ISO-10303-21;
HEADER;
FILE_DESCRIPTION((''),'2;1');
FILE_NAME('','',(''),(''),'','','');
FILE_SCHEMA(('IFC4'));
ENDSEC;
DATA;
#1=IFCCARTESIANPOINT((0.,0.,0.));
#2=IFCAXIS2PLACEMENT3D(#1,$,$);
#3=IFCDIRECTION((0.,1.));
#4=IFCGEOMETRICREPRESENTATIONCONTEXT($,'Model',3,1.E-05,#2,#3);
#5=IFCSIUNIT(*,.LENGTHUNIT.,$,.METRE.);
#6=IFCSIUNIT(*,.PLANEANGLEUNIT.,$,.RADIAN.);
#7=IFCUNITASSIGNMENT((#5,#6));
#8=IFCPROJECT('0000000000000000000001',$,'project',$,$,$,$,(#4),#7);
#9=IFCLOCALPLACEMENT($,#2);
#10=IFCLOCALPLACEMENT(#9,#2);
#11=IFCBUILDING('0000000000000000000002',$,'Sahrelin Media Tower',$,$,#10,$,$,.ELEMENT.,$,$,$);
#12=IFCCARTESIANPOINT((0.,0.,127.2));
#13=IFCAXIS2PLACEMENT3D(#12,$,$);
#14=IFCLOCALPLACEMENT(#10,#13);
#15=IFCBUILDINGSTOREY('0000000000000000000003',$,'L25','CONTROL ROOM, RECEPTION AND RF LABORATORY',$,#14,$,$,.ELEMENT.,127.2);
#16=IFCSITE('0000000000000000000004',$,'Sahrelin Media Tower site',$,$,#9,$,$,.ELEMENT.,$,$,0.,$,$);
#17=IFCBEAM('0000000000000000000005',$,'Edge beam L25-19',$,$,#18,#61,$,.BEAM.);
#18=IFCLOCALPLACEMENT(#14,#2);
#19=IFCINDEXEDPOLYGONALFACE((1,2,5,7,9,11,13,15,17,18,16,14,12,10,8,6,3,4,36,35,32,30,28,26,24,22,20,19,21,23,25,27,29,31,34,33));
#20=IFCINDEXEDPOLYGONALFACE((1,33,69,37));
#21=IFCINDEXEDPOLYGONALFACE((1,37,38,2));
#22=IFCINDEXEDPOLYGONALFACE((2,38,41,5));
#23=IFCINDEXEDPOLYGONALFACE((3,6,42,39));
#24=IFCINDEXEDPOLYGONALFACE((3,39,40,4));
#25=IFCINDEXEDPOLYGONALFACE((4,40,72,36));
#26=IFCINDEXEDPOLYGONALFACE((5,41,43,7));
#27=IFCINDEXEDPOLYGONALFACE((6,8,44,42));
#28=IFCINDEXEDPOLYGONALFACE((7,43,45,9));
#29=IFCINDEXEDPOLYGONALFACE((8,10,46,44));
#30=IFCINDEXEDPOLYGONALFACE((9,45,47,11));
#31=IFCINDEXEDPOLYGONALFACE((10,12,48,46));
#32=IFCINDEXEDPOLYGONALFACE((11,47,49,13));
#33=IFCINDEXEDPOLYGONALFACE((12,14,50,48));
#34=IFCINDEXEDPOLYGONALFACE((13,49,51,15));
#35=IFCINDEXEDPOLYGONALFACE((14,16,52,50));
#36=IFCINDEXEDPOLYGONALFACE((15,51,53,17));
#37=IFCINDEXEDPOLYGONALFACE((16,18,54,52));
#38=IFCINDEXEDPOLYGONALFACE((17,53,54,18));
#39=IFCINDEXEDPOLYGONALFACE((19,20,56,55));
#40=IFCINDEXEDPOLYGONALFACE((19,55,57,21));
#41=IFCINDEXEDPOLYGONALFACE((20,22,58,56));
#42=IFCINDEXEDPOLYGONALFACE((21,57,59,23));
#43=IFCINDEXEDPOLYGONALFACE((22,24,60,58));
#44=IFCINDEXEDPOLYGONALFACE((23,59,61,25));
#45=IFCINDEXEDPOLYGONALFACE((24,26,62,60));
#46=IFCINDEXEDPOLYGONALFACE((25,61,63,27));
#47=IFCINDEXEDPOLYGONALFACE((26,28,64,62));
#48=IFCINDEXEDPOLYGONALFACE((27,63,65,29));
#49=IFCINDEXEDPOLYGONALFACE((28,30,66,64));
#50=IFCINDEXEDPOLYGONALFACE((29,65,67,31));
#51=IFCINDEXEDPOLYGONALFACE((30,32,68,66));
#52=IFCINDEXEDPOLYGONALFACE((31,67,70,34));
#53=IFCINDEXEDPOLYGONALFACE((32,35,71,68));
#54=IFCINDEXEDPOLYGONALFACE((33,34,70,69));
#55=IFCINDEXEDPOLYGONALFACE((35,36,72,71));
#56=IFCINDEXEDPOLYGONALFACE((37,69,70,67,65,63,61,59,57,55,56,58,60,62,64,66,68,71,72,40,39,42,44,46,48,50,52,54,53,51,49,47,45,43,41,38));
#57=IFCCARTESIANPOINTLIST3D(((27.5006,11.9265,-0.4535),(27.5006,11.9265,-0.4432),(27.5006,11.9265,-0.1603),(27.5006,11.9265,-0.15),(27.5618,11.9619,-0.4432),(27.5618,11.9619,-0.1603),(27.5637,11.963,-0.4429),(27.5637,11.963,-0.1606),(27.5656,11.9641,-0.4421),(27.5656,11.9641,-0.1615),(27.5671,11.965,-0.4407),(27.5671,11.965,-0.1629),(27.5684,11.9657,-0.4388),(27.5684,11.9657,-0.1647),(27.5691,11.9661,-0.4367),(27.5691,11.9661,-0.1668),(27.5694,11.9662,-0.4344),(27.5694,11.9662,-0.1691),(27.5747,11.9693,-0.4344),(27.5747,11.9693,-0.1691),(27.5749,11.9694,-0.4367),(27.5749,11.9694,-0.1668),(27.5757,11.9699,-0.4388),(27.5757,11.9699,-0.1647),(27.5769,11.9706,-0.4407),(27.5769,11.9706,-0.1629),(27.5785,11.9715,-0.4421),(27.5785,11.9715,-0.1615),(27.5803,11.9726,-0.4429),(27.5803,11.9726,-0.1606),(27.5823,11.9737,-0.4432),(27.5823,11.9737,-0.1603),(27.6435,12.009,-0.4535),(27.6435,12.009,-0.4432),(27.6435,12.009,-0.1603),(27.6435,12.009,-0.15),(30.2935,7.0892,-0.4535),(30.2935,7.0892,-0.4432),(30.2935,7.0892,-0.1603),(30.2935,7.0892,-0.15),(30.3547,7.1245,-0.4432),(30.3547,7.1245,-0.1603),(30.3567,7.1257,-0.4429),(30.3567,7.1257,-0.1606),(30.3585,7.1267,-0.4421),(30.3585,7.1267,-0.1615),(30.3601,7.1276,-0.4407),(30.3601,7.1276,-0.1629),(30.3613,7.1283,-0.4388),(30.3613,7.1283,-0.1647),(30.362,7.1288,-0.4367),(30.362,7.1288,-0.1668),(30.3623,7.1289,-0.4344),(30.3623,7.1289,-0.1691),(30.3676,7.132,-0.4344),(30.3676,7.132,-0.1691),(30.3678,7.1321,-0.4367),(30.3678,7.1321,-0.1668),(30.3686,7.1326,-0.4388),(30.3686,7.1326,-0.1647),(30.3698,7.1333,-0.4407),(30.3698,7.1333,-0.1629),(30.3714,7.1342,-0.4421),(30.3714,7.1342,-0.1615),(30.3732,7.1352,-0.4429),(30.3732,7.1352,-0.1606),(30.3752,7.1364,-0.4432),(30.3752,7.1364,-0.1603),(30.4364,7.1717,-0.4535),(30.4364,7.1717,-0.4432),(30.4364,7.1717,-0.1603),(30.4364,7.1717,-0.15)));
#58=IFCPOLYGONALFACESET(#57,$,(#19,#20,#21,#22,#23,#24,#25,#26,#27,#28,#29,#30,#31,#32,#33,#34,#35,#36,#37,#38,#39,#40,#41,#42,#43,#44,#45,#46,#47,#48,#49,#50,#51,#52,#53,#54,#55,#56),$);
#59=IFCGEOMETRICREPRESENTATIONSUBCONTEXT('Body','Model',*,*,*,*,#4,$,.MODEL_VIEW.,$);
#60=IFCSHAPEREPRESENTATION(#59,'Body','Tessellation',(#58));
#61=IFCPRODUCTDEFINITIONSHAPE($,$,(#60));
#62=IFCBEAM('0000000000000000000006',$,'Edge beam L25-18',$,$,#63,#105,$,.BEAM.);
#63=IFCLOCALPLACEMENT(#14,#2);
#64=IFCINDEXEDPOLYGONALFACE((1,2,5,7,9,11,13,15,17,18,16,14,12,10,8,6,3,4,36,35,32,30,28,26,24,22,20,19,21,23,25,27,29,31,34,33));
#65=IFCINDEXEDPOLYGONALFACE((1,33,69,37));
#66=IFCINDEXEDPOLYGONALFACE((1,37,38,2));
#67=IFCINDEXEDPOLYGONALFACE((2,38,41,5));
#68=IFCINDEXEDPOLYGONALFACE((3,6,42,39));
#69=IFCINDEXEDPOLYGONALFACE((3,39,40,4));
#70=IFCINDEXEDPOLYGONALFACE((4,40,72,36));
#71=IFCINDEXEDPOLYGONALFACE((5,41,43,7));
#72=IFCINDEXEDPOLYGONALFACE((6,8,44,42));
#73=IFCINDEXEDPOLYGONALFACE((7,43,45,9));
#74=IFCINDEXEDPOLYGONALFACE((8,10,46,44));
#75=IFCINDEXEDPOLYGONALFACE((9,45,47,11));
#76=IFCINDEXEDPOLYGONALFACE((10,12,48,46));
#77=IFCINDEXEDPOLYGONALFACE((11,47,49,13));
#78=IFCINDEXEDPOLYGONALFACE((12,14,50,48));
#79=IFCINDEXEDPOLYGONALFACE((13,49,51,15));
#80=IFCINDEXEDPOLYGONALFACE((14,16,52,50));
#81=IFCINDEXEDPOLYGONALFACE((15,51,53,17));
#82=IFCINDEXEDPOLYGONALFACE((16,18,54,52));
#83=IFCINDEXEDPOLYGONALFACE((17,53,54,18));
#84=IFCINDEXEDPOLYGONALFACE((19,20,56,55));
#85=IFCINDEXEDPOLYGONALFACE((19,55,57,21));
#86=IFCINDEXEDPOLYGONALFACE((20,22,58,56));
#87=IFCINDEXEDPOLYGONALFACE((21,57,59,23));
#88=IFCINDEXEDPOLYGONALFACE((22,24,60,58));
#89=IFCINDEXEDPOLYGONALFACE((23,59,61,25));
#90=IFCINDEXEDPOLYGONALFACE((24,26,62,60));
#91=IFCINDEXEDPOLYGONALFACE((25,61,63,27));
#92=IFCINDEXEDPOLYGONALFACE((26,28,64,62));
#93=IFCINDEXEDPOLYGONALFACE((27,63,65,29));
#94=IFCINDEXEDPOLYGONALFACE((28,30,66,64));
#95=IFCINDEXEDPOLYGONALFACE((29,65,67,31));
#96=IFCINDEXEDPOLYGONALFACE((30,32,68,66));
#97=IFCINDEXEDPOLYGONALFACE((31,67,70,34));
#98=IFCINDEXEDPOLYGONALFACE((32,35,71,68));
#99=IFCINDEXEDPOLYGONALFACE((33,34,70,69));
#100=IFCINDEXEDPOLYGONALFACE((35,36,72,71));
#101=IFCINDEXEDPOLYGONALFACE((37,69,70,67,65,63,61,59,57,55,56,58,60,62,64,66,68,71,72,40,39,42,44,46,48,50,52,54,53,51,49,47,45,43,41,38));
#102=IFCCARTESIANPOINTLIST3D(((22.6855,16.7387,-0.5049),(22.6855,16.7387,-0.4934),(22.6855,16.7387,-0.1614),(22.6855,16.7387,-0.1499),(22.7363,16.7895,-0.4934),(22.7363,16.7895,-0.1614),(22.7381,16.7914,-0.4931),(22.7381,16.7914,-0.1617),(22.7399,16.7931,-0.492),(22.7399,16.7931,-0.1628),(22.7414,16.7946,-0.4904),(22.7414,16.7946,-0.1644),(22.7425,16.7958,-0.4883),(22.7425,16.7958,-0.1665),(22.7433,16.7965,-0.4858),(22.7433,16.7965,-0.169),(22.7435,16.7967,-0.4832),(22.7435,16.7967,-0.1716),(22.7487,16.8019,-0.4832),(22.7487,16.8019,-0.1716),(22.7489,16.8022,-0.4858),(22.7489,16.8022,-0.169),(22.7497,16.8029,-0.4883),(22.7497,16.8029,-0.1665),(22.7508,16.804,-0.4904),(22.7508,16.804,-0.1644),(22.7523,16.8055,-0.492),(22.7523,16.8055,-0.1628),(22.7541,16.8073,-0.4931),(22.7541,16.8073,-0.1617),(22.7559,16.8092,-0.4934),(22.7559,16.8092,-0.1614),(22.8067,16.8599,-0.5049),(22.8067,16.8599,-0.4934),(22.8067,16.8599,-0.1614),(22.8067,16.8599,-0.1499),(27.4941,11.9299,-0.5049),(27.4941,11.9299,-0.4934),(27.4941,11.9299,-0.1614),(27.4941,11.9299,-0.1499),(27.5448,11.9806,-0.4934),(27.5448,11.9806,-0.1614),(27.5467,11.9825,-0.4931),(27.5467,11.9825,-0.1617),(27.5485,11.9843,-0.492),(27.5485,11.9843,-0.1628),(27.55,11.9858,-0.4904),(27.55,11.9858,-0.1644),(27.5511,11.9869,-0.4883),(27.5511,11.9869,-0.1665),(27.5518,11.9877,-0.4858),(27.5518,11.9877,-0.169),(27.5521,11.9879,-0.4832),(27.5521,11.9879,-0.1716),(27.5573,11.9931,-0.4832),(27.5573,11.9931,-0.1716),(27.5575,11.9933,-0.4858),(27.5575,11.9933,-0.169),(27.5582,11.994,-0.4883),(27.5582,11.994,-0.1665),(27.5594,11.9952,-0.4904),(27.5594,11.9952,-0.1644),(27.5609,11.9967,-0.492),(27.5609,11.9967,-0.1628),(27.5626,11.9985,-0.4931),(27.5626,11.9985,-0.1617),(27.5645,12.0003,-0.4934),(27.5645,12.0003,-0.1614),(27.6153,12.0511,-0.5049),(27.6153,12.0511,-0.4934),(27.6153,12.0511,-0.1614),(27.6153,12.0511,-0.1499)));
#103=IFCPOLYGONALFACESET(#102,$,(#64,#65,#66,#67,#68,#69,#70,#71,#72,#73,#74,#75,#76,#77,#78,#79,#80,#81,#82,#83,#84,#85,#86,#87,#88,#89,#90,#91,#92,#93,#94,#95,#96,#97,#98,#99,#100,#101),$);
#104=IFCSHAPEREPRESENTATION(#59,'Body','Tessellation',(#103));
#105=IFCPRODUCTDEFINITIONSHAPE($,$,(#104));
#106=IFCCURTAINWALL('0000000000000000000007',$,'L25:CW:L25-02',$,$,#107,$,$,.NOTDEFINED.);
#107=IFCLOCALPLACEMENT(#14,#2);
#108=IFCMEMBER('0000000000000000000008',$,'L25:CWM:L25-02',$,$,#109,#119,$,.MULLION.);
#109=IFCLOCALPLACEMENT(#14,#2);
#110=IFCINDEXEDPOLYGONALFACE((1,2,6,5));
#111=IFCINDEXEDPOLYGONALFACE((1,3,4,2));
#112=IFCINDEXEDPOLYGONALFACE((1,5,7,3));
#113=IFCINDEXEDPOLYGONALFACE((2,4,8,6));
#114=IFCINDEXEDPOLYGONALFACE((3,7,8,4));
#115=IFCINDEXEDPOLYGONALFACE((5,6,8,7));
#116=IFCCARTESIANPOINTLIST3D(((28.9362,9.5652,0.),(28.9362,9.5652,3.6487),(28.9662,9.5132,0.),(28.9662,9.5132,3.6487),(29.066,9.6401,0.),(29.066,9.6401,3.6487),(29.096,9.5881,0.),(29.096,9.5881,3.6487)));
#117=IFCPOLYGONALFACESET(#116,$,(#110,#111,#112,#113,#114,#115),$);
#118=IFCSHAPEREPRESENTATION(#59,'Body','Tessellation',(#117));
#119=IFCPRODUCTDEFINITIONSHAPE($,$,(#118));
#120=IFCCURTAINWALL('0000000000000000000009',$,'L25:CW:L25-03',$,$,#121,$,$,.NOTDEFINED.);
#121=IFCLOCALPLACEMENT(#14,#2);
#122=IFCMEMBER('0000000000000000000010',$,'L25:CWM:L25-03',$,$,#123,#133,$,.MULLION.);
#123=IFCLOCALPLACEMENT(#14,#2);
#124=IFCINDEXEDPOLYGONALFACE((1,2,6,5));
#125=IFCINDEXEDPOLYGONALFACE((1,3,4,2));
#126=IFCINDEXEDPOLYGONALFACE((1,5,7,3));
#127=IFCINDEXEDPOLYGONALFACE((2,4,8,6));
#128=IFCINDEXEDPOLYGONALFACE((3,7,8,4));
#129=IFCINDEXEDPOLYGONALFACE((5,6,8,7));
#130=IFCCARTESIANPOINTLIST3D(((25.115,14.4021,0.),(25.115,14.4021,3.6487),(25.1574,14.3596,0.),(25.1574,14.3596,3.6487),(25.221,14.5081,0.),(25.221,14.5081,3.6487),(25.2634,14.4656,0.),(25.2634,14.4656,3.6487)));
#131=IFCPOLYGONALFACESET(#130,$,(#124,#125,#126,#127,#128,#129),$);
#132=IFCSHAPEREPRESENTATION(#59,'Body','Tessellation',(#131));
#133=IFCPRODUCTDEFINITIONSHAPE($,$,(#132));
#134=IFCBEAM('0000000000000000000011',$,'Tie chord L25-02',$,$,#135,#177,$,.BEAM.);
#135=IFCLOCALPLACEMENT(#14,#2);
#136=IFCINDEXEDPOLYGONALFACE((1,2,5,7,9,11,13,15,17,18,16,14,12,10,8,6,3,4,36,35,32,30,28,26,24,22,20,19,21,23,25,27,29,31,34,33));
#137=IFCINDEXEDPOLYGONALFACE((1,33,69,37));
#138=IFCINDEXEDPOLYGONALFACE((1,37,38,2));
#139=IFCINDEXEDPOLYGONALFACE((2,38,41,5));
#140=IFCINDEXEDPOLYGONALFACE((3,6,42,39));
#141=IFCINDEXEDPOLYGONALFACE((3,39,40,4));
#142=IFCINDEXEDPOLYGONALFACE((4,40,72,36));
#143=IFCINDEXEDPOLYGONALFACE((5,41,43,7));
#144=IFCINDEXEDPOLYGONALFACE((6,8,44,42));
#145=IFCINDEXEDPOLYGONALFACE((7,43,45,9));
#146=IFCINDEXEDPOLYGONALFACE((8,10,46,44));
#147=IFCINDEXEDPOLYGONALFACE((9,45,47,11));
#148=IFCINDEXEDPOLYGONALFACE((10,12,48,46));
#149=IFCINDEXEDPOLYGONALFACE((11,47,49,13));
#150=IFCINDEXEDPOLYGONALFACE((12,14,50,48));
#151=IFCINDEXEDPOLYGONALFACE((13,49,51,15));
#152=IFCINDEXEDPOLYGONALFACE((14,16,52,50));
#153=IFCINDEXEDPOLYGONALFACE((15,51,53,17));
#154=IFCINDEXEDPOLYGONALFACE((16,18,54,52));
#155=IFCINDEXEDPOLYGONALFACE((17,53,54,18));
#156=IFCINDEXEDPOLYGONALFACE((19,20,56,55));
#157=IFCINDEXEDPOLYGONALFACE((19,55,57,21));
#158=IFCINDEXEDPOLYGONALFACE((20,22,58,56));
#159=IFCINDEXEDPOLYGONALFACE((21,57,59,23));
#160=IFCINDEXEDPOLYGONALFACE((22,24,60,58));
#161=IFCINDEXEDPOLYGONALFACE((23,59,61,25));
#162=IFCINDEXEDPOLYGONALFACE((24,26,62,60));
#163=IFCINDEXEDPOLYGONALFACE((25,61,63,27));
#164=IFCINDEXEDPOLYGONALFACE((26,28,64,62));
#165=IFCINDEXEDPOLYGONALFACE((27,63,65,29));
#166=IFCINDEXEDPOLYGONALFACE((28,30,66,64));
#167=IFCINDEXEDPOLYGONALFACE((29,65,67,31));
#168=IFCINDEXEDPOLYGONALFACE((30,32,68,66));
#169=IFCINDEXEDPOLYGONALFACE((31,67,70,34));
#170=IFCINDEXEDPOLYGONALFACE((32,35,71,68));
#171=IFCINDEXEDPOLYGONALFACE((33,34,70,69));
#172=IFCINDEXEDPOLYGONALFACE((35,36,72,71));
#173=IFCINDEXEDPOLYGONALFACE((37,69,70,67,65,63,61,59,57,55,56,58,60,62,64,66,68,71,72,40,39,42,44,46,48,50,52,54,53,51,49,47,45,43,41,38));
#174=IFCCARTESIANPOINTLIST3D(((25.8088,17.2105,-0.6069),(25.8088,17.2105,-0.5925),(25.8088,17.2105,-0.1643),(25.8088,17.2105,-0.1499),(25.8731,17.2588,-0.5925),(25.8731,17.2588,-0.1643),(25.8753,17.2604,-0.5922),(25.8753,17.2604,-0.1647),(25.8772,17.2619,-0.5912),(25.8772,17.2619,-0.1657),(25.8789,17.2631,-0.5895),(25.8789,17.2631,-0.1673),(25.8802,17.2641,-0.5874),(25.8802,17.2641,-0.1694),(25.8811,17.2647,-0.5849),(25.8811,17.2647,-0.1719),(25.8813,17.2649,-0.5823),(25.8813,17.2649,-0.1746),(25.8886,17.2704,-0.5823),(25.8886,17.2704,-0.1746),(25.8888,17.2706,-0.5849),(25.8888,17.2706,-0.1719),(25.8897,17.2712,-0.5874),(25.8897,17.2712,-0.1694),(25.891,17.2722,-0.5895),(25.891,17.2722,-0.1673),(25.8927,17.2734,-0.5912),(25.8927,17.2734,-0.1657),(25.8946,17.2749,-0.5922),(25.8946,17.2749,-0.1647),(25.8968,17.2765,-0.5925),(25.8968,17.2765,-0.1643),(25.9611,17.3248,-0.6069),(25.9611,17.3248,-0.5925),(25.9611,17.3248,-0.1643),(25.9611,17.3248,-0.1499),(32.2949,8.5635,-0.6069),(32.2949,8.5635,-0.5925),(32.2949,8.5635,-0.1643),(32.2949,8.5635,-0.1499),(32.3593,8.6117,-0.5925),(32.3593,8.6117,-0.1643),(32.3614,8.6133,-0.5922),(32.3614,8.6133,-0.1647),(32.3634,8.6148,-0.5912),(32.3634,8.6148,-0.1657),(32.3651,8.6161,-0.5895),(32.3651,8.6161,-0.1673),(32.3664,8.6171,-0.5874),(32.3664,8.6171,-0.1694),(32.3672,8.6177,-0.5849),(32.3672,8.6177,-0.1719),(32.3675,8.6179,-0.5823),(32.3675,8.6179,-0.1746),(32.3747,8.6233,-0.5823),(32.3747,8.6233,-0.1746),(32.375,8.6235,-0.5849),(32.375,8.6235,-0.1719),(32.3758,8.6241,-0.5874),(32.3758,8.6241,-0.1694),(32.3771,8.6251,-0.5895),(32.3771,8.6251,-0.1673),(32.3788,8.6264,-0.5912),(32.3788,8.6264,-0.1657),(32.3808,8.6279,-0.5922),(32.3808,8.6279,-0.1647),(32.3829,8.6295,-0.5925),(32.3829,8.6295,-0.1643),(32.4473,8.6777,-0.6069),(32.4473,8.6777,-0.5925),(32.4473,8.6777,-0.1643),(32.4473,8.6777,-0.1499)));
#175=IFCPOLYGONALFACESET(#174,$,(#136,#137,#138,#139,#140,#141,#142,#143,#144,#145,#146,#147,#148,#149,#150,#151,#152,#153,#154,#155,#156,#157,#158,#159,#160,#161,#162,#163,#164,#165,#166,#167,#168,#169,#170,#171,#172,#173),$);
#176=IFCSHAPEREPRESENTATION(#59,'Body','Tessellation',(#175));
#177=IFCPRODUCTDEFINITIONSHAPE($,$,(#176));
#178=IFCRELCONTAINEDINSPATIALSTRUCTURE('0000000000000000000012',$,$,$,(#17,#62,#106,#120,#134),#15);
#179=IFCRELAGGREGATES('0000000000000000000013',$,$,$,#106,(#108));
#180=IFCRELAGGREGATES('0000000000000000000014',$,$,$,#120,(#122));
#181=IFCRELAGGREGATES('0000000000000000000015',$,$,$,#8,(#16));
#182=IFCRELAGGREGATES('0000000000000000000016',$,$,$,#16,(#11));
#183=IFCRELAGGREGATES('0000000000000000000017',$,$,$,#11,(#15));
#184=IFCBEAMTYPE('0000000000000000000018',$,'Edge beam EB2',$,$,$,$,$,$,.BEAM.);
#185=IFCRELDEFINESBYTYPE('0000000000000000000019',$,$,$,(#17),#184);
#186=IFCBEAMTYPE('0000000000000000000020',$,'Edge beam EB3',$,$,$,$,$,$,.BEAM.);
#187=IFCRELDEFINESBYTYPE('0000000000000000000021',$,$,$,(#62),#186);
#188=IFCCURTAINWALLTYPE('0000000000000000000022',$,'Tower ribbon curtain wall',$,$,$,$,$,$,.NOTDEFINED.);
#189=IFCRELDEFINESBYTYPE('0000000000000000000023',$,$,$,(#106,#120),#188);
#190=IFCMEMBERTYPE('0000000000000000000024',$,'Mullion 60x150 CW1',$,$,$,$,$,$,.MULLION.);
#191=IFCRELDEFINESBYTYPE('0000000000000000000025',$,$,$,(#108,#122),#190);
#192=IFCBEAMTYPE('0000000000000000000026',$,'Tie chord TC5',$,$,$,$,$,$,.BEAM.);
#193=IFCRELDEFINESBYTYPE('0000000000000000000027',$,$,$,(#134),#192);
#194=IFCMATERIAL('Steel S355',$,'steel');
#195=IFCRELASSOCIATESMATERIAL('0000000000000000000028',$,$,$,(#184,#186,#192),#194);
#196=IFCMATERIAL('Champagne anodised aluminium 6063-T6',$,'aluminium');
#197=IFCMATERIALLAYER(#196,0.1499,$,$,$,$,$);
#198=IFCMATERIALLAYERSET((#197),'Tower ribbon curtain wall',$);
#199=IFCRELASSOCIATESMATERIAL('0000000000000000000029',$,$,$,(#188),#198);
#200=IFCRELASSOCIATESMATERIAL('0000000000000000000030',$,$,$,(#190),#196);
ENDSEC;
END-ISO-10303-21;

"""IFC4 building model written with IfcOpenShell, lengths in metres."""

from ifc_helpers import new_model, si_unit, direction, frame, origin, origin_2d, place, context, subcontext, project, spatial, rectangle, i_section, extrude, material, layer, layer_set, material_profile, profile_set, type_object, element, aggregate, save


model = new_model("IFC4")

# Units and contexts
model_context = context("Model", 3, precision=1e-05, world=origin(), true_north=direction((0.0, 1.0)))
body_context = subcontext(model_context, "Body", "Model", "MODEL_VIEW")
ifc_project = project(units=[si_unit("LENGTHUNIT", "METRE"), si_unit("PLANEANGLEUNIT", "RADIAN")], contexts=[model_context])

# Site, building, storey
site_placement = place(None, origin())
site = spatial("IfcSite", under=ifc_project, at=site_placement, Name="Sahrelin Media Tower site", CompositionType="ELEMENT", RefElevation=0.0)
building_placement = place(site_placement, origin())
building = spatial("IfcBuilding", under=site, at=building_placement, Name="Sahrelin Media Tower", CompositionType="ELEMENT")
storey_placement = place(building_placement, frame((0.0, 0.0, 127.2)))
storey = spatial("IfcBuildingStorey", under=building, at=storey_placement, Name="L25", Description="CONTROL ROOM, RECEPTION AND RF LABORATORY", CompositionType="ELEMENT", Elevation=127.2)

# Beams
ifc_material_1 = material(Name="Steel S355", Category="steel")
ifc_material_profile_1 = material_profile(ifc_material_1, i_section(OverallWidth=0.165, OverallDepth=0.3035, WebThickness=0.0061, FlangeThickness=0.0103, FilletRadius=0.0088, at=origin_2d()), Name="UB 305x165x40")
ifc_profile_set_1 = profile_set([ifc_material_profile_1], Name="Steel S355")
beam_type_1 = type_object("IfcBeamType", Name="Edge beam EB2", PredefinedType="BEAM", material=ifc_profile_set_1)
beam_1_placement = place(storey_placement, frame((27.572, 11.9678, -0.3018), z_axis=(0.500013, -0.866018, 0.0), x_axis=(0.866018, 0.500013, 0.0)))
element("IfcBeam", 1, at=beam_1_placement, inside=storey, type_object=beam_type_1, Name="Edge beam L25-19", PredefinedType="BEAM", context=body_context, shape_type="SweptSolid", body=[
    extrude(i_section(OverallWidth=0.165, OverallDepth=0.3035, WebThickness=0.0061, FlangeThickness=0.0103, FilletRadius=0.0088, at=origin_2d()), origin(), (0.0, 0.0, 1.0), 5.5857),
])
ifc_material_profile_2 = material_profile(ifc_material_1, i_section(OverallWidth=0.1714, OverallDepth=0.355, WebThickness=0.0073, FlangeThickness=0.0115, FilletRadius=0.0103, at=origin_2d()), Name="UB 356x171x51")
ifc_profile_set_2 = profile_set([ifc_material_profile_2], Name="Steel S355")
beam_type_2 = type_object("IfcBeamType", Name="Edge beam EB3", PredefinedType="BEAM", material=ifc_profile_set_2)
beam_2_placement = place(storey_placement, frame((22.7461, 16.7993, -0.3274), z_axis=(0.707089, -0.707125, 0.0), x_axis=(0.707125, 0.707089, 0.0)))
element("IfcBeam", 2, at=beam_2_placement, inside=storey, type_object=beam_type_2, Name="Edge beam L25-18", PredefinedType="BEAM", context=body_context, shape_type="SweptSolid", body=[
    extrude(i_section(OverallWidth=0.1714, OverallDepth=0.355, WebThickness=0.0073, FlangeThickness=0.0115, FilletRadius=0.0103, at=origin_2d()), origin(), (0.0, 0.0, 1.0), 6.8005),
])

# Curtain walls, members
ifc_material_2 = material(Name="Champagne anodised aluminium 6063-T6", Category="aluminium")
ifc_layer_1 = layer(ifc_material_2, 0.1499)
ifc_layer_set_1 = layer_set([ifc_layer_1], Name="Tower ribbon curtain wall")
curtain_wall_type = type_object("IfcCurtainWallType", Name="Tower ribbon curtain wall", PredefinedType="NOTDEFINED", material=ifc_layer_set_1)
curtain_wall_1_placement = place(storey_placement, frame((29.0984, 9.624, 0.0), z_axis=(0.0, 0.0, 1.0), x_axis=(1.0, 0.0, 0.0)))
curtain_wall_1 = element("IfcCurtainWall", 3, at=curtain_wall_1_placement, inside=storey, type_object=curtain_wall_type, Name="L25:CW:L25-02", PredefinedType="NOTDEFINED")
ifc_material_profile_3 = material_profile(ifc_material_2, rectangle(XDim=0.0601, YDim=0.1499, at=origin_2d()), Name="Mullion 60x150")
ifc_profile_set_3 = profile_set([ifc_material_profile_3], Name="Champagne anodised aluminium 6063-T6")
member_type_1 = type_object("IfcMemberType", Name="Mullion 60x150 CW1", PredefinedType="MULLION", material=ifc_profile_set_3)
member_1_placement = place(storey_placement, frame((29.0161, 9.5767, 0.0), z_axis=(0.0, 0.0, 1.0), x_axis=(-0.499998, 0.866026, 0.0)))
member_1 = element("IfcMember", 4, at=member_1_placement, type_object=member_type_1, Name="L25:CWM:L25-02", PredefinedType="MULLION", context=body_context, shape_type="SweptSolid", body=[
    extrude(rectangle(XDim=0.0601, YDim=0.1499, at=origin_2d()), origin(), (0.0, 0.0, 1.0), 3.6487),
])
aggregate(curtain_wall_1, [member_1])
curtain_wall_2_placement = place(storey_placement, frame((25.2563, 14.501, 0.0), z_axis=(0.0, 0.0, 1.0), x_axis=(1.0, 0.0, 0.0)))
curtain_wall_2 = element("IfcCurtainWall", 5, at=curtain_wall_2_placement, inside=storey, type_object=curtain_wall_type, Name="L25:CW:L25-03", PredefinedType="NOTDEFINED")
member_2_placement = place(storey_placement, frame((25.1892, 14.4338, 0.0), z_axis=(0.0, 0.0, 1.0), x_axis=(-0.707099, 0.707114, 0.0)))
member_2 = element("IfcMember", 6, at=member_2_placement, type_object=member_type_1, Name="L25:CWM:L25-03", PredefinedType="MULLION", context=body_context, shape_type="SweptSolid", body=[
    extrude(rectangle(XDim=0.0601, YDim=0.1499, at=origin_2d()), origin(), (0.0, 0.0, 1.0), 3.6487),
])

# Beam
ifc_material_profile_4 = material_profile(ifc_material_1, i_section(OverallWidth=0.1904, OverallDepth=0.457, WebThickness=0.009, FlangeThickness=0.0144, FilletRadius=0.0103, at=origin_2d()), Name="UB 457x191x74")
ifc_profile_set_4 = profile_set([ifc_material_profile_4], Name="Steel S355")
beam_type_3 = type_object("IfcBeamType", Name="Tie chord TC5", PredefinedType="BEAM", material=ifc_profile_set_4)
beam_3_placement = place(storey_placement, frame((32.3711, 8.6206, -0.3784), z_axis=(-0.600051, 0.799962, 0.0), x_axis=(-0.799962, -0.600051, 0.0)))
element("IfcBeam", 7, at=beam_3_placement, inside=storey, type_object=beam_type_3, Name="Tie chord L25-02", PredefinedType="BEAM", context=body_context, shape_type="SweptSolid", body=[
    extrude(i_section(OverallWidth=0.1904, OverallDepth=0.457, WebThickness=0.009, FlangeThickness=0.0144, FilletRadius=0.0103, at=origin_2d()), origin(), (0.0, 0.0, 1.0), 10.8093),
])

aggregate(curtain_wall_2, [member_2])

save(model, "model.ifc")
